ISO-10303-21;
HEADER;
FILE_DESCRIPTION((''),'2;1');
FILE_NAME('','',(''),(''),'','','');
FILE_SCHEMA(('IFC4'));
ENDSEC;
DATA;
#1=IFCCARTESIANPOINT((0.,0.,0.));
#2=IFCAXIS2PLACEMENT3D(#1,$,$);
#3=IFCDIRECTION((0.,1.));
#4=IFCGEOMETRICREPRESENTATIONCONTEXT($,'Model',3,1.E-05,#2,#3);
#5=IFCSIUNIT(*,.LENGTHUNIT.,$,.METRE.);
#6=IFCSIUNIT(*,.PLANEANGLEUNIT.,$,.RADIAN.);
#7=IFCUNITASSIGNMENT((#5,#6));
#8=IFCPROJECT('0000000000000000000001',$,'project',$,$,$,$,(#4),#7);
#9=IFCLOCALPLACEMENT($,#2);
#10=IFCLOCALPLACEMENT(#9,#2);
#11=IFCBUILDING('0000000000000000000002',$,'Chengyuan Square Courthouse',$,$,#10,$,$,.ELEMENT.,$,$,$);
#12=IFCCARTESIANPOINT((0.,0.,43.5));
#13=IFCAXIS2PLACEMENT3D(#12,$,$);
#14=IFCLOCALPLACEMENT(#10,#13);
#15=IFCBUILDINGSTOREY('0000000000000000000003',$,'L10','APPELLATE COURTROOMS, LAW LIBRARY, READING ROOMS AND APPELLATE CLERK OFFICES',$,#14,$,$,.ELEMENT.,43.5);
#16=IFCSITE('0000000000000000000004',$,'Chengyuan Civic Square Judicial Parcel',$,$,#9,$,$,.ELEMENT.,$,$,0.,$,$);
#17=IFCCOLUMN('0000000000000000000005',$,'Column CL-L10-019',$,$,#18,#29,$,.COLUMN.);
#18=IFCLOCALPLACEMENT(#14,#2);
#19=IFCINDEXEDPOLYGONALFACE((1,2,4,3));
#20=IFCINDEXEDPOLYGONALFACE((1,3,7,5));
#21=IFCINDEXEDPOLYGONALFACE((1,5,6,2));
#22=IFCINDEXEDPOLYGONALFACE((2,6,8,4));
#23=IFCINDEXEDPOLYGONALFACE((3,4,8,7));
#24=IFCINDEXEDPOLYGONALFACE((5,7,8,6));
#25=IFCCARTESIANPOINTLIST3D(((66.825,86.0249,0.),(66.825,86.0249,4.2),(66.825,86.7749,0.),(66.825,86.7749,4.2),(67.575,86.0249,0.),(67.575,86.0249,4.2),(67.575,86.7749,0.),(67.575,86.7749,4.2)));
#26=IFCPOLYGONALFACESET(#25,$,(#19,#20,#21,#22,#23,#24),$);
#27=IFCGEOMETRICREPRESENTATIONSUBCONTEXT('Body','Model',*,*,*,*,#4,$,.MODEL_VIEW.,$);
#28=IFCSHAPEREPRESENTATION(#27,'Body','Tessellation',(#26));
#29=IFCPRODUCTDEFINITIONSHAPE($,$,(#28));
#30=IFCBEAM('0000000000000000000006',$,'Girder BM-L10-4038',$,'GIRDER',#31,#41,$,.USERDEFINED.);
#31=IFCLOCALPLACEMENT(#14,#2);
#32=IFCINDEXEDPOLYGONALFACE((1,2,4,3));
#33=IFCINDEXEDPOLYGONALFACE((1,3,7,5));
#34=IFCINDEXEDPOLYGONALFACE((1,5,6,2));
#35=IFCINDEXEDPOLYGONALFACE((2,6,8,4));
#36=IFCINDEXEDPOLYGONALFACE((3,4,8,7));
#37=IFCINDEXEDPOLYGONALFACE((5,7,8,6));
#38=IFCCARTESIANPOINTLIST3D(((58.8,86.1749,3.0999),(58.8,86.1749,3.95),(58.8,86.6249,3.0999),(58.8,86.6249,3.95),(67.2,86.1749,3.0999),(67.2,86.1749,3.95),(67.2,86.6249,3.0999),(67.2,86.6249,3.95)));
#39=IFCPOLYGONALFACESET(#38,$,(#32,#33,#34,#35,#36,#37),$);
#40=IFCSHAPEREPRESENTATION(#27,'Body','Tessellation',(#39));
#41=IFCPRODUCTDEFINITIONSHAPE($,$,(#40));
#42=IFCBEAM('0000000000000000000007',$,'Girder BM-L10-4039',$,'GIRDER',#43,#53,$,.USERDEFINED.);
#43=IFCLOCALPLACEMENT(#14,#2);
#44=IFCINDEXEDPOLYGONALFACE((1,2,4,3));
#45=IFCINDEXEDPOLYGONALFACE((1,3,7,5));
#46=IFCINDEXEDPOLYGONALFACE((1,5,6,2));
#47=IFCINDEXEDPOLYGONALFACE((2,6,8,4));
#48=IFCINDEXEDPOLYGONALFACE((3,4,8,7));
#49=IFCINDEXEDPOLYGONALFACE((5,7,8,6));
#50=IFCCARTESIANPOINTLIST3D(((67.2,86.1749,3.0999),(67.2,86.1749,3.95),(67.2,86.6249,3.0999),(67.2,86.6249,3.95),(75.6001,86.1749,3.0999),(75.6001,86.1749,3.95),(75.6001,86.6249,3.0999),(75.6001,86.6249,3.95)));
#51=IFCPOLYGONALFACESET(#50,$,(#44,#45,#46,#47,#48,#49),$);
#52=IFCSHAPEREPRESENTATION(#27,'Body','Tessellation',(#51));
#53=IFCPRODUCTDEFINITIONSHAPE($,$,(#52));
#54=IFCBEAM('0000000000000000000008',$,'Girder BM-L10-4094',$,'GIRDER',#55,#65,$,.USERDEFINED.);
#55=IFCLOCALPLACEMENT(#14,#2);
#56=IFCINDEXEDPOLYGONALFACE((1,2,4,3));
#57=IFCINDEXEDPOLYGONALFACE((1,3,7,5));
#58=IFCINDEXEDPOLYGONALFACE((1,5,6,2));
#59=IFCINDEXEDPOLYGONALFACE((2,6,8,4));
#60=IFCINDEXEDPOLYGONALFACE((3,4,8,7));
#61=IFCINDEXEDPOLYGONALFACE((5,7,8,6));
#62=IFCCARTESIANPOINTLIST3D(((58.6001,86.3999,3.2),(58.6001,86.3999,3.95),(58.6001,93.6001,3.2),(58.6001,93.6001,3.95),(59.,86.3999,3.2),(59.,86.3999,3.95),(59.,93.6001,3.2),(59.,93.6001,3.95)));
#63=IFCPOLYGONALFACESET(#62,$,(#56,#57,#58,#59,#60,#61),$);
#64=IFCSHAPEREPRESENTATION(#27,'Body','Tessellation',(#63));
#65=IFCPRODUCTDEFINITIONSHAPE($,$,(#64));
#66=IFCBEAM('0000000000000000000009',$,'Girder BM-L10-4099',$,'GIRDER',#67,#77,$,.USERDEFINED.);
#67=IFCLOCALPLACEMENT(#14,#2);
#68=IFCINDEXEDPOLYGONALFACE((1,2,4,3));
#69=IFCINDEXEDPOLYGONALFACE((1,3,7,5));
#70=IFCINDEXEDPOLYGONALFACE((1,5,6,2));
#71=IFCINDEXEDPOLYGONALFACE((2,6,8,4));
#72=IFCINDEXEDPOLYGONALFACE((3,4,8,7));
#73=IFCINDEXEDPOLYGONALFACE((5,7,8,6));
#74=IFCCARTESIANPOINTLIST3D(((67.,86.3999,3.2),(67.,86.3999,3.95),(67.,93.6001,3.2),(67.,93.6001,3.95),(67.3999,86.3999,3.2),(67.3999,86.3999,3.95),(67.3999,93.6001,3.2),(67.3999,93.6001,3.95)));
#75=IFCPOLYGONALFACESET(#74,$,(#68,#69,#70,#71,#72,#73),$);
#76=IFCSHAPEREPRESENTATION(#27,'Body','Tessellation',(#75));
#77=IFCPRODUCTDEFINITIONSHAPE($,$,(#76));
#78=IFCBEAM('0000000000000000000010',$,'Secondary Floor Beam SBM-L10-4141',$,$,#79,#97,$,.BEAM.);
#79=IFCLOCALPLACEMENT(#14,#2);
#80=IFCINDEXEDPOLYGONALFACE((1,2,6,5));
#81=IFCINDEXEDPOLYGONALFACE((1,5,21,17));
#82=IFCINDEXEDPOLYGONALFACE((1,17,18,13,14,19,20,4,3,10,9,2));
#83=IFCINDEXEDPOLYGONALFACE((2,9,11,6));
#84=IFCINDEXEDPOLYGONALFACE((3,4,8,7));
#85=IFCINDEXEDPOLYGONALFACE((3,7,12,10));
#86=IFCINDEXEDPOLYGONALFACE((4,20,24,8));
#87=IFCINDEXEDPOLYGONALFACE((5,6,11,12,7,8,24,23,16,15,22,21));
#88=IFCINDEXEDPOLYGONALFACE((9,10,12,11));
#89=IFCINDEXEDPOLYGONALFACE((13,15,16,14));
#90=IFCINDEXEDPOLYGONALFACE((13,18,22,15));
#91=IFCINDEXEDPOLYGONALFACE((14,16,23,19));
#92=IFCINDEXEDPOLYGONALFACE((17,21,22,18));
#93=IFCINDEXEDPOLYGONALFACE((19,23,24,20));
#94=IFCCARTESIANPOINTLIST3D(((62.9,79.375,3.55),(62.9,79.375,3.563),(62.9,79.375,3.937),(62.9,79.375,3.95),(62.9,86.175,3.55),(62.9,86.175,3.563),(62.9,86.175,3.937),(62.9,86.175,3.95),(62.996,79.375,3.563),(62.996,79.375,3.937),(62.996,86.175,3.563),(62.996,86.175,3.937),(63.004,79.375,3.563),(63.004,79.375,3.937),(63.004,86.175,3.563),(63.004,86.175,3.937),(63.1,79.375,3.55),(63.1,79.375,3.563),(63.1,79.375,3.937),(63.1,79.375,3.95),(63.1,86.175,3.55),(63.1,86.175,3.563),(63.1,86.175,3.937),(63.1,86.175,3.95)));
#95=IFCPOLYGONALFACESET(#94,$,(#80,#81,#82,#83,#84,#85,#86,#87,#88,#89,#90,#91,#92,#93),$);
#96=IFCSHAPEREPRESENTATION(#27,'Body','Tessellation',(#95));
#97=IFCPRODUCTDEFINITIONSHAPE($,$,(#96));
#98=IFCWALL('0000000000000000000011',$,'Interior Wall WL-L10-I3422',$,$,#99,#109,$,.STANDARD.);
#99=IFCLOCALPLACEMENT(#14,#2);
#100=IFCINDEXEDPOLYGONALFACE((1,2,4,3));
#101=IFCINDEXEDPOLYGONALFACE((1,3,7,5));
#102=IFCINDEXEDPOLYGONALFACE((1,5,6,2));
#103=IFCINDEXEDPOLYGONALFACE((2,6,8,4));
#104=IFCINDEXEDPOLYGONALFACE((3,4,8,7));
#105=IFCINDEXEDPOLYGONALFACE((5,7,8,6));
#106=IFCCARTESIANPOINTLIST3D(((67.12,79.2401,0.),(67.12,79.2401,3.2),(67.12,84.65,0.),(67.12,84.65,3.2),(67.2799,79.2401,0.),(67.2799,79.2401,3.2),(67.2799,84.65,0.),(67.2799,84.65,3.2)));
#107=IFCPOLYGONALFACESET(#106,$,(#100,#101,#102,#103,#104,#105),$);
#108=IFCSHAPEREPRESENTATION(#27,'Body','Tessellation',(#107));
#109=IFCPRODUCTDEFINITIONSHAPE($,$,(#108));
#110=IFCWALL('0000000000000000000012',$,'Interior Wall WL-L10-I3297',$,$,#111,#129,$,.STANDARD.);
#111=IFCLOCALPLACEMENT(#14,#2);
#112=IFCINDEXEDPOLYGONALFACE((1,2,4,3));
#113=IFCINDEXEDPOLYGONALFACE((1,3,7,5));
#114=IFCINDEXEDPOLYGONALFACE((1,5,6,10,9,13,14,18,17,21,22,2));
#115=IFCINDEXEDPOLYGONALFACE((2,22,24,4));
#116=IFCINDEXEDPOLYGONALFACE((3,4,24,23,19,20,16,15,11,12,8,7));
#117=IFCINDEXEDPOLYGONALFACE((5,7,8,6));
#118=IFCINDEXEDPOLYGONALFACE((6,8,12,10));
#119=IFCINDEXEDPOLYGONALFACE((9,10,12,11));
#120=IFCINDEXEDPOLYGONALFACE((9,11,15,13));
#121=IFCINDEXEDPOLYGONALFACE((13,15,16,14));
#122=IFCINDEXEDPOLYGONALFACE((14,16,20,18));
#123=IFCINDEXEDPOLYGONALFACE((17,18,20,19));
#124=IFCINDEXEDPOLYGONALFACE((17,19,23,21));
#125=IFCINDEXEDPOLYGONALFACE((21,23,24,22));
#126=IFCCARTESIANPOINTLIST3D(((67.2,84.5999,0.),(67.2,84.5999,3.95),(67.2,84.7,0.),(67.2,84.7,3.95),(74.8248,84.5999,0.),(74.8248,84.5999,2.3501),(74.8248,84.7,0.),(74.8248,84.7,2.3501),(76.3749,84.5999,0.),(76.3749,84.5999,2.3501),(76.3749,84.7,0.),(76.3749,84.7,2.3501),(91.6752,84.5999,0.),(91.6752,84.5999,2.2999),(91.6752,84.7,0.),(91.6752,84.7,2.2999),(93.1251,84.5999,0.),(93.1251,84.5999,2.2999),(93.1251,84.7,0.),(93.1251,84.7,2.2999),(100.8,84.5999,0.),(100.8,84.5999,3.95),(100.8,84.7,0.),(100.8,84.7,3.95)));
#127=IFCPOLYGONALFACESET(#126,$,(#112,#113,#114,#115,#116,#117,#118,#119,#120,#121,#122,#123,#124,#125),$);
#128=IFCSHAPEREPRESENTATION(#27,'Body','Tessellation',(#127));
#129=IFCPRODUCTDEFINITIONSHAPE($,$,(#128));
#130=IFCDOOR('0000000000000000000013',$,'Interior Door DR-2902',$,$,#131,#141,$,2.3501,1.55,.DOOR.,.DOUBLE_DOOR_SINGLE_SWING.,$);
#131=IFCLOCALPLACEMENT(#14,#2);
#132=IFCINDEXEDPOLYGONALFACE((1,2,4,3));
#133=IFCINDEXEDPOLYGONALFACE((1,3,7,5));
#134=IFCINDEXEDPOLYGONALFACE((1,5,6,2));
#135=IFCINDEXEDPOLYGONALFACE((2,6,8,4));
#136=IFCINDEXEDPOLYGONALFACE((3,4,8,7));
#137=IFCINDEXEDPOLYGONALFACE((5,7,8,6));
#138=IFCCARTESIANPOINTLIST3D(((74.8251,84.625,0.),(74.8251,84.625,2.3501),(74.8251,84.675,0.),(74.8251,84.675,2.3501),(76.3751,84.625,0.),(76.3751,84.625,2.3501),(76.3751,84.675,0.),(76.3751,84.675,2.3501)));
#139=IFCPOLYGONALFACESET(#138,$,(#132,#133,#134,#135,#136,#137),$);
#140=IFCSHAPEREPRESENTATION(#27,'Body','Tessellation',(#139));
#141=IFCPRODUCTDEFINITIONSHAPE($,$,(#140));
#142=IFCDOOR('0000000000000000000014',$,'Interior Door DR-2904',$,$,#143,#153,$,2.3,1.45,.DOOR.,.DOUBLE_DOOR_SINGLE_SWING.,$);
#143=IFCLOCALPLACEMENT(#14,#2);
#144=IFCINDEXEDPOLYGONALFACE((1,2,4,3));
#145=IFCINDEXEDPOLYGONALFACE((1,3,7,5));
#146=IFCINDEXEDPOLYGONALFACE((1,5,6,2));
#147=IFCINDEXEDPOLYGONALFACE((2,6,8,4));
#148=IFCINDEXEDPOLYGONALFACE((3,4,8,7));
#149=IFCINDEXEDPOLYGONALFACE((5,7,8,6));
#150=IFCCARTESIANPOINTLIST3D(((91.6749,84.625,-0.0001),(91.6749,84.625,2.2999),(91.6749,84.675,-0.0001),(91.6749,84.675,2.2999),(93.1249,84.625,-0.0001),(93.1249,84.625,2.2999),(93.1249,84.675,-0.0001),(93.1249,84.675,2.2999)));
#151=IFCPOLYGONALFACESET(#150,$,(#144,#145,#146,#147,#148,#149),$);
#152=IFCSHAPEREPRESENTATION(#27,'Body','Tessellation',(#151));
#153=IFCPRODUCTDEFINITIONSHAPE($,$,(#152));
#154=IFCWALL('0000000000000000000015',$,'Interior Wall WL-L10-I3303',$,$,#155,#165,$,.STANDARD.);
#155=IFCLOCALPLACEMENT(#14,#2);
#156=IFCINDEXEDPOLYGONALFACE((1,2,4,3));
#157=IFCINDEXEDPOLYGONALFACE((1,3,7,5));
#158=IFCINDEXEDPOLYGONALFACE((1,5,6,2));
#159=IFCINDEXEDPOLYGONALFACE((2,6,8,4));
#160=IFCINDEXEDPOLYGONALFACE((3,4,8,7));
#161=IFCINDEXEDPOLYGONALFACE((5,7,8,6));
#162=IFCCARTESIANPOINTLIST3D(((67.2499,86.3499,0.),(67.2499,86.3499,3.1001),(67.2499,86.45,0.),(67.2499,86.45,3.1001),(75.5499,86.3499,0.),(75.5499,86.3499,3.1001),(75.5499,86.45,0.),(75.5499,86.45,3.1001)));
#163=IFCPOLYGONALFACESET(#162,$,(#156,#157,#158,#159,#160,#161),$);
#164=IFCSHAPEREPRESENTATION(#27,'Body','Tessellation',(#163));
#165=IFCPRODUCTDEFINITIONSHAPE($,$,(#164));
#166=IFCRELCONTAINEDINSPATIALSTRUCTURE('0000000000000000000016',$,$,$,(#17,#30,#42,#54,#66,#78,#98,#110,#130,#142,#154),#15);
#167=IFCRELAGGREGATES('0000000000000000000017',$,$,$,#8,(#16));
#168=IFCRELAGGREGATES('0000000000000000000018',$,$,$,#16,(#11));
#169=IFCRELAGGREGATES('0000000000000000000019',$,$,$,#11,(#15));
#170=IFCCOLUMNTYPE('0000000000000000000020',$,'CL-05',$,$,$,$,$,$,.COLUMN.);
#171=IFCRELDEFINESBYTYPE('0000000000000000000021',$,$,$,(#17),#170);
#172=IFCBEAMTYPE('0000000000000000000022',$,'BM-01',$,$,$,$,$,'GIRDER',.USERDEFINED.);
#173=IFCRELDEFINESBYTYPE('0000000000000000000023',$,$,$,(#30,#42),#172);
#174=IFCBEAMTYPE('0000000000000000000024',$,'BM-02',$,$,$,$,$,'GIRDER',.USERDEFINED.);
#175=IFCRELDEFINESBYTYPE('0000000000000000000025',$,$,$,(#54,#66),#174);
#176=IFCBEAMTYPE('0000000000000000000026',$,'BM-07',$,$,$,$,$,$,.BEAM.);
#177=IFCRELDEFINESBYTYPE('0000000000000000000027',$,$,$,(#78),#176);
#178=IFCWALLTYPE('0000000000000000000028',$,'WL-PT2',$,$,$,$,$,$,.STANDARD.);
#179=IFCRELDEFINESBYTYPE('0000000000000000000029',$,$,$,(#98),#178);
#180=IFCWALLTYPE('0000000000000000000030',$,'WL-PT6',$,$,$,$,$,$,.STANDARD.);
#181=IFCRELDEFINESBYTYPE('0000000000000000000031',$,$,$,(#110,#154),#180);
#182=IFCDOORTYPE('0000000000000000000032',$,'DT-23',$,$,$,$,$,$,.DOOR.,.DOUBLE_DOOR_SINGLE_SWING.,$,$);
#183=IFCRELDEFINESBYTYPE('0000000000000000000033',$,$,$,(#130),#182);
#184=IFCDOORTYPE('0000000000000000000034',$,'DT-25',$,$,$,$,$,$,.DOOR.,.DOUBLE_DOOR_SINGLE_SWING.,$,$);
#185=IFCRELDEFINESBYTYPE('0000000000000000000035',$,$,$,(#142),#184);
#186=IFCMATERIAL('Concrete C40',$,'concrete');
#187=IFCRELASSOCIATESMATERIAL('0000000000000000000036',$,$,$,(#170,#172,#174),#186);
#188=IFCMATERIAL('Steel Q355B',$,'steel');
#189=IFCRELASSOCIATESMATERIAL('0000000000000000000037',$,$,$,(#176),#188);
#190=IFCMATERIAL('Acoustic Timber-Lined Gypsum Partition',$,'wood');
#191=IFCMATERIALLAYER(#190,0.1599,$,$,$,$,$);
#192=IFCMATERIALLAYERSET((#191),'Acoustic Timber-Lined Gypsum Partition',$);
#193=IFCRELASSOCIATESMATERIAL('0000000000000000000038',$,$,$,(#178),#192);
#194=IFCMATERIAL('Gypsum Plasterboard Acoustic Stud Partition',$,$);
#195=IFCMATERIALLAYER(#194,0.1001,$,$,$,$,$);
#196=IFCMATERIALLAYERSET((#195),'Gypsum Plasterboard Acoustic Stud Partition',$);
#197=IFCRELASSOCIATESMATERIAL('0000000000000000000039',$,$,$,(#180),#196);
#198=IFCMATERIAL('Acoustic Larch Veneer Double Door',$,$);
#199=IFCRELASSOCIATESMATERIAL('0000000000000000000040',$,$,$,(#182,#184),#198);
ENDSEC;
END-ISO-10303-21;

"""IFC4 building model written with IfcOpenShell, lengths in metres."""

from ifc_helpers import new_model, si_unit, direction, frame, frame_2d, origin, origin_2d, place, context, subcontext, project, spatial, rectangle, i_section, extrude, material, layer, layer_set, material_profile, profile_set, type_object, element, fill, save


model = new_model("IFC4")

# Units and contexts
model_context = context("Model", 3, precision=1e-05, world=origin(), true_north=direction((0.0, 1.0)))
body_context = subcontext(model_context, "Body", "Model", "MODEL_VIEW")
ifc_project = project(units=[si_unit("LENGTHUNIT", "METRE"), si_unit("PLANEANGLEUNIT", "RADIAN")], contexts=[model_context])

# Site, building, storey
site_placement = place(None, origin())
site = spatial("IfcSite", under=ifc_project, at=site_placement, Name="Chengyuan Civic Square Judicial Parcel", CompositionType="ELEMENT", RefElevation=0.0)
building_placement = place(site_placement, origin())
building = spatial("IfcBuilding", under=site, at=building_placement, Name="Chengyuan Square Courthouse", CompositionType="ELEMENT")
storey_placement = place(building_placement, frame((0.0, 0.0, 43.5)))
storey = spatial("IfcBuildingStorey", under=building, at=storey_placement, Name="L10", Description="APPELLATE COURTROOMS, LAW LIBRARY, READING ROOMS AND APPELLATE CLERK OFFICES", CompositionType="ELEMENT", Elevation=43.5)

# Column
ifc_material_1 = material(Name="Concrete C40", Category="concrete")
ifc_material_profile_1 = material_profile(ifc_material_1, rectangle(XDim=0.75, YDim=0.75, at=origin_2d()), Name="RC-COL-750x750")
ifc_profile_set_1 = profile_set([ifc_material_profile_1], Name="Concrete C40")
column_type = type_object("IfcColumnType", Name="CL-05", PredefinedType="COLUMN", material=ifc_profile_set_1)
column_placement = place(storey_placement, frame((67.2, 86.3999, 0.0), z_axis=(0.0, 0.0, 1.0), x_axis=(1.0, 0.0, 0.0)))
element("IfcColumn", 1, at=column_placement, inside=storey, type_object=column_type, Name="Column CL-L10-019", PredefinedType="COLUMN", context=body_context, shape_type="SweptSolid", body=[
    extrude(rectangle(XDim=0.75, YDim=0.75, at=origin_2d()), origin(), (0.0, 0.0, 1.0), 4.2),
])

# Beams
ifc_material_profile_2 = material_profile(ifc_material_1, rectangle(XDim=0.45, YDim=0.8501, at=origin_2d()), Name="RC-BM-450x850")
ifc_profile_set_2 = profile_set([ifc_material_profile_2], Name="Concrete C40")
beam_type_1 = type_object("IfcBeamType", Name="BM-01", ElementType="GIRDER", PredefinedType="USERDEFINED", material=ifc_profile_set_2)
beam_1_placement = place(storey_placement, frame((58.8, 86.3999, 3.5249), z_axis=(1.0, 0.0, 0.0), x_axis=(0.0, 1.0, 0.0)))
element("IfcBeam", 2, at=beam_1_placement, inside=storey, type_object=beam_type_1, Name="Girder BM-L10-4038", ObjectType="GIRDER", PredefinedType="USERDEFINED", context=body_context, shape_type="SweptSolid", body=[
    extrude(rectangle(XDim=0.45, YDim=0.8501, at=origin_2d()), origin(), (0.0, 0.0, 1.0), 8.3999),
])
beam_2_placement = place(storey_placement, frame((67.2, 86.3999, 3.5249), z_axis=(1.0, 0.0, 0.0), x_axis=(0.0, 1.0, 0.0)))
element("IfcBeam", 3, at=beam_2_placement, inside=storey, type_object=beam_type_1, Name="Girder BM-L10-4039", ObjectType="GIRDER", PredefinedType="USERDEFINED", context=body_context, shape_type="SweptSolid", body=[
    extrude(rectangle(XDim=0.45, YDim=0.8501, at=origin_2d()), origin(), (0.0, 0.0, 1.0), 8.4001),
])
ifc_material_profile_3 = material_profile(ifc_material_1, rectangle(XDim=0.3999, YDim=0.75, at=origin_2d()), Name="RC-BM-400x750")
ifc_profile_set_3 = profile_set([ifc_material_profile_3], Name="Concrete C40")
beam_type_2 = type_object("IfcBeamType", Name="BM-02", ElementType="GIRDER", PredefinedType="USERDEFINED", material=ifc_profile_set_3)
for number, where, z_axis, x_axis, name in (
    (4, (58.8, 86.3999, 3.575), (0.0, 1.0, 0.0), (-1.0, 0.0, 0.0), "Girder BM-L10-4094"),
    (5, (67.2, 86.3999, 3.575), (0.0, 1.0, 0.0), (-1.0, 0.0, 0.0), "Girder BM-L10-4099"),
):
    element("IfcBeam", number, at=place(storey_placement, frame(where, z_axis=z_axis, x_axis=x_axis)), inside=storey, type_object=beam_type_2, Name=name, ObjectType="GIRDER", PredefinedType="USERDEFINED", context=body_context, shape_type="SweptSolid", body=[
        extrude(rectangle(XDim=0.3999, YDim=0.75, at=origin_2d()), origin(), (0.0, 0.0, 1.0), 7.2002),
    ])
ifc_material_2 = material(Name="Steel Q355B", Category="steel")
ifc_material_profile_4 = material_profile(ifc_material_2, i_section(OverallWidth=0.2, OverallDepth=0.3999, WebThickness=0.0081, FlangeThickness=0.0129, at=origin_2d()), Name="HN 400x200x8x13")
ifc_profile_set_4 = profile_set([ifc_material_profile_4], Name="Steel Q355B")
beam_type_3 = type_object("IfcBeamType", Name="BM-07", PredefinedType="BEAM", material=ifc_profile_set_4)
beam_3_placement = place(storey_placement, frame((63.0, 79.375, 3.75), z_axis=(0.0, 1.0, 0.0), x_axis=(-1.0, 0.0, 0.0)))
element("IfcBeam", 6, at=beam_3_placement, inside=storey, type_object=beam_type_3, Name="Secondary Floor Beam SBM-L10-4141", PredefinedType="BEAM", context=body_context, shape_type="SweptSolid", body=[
    extrude(i_section(OverallWidth=0.2, OverallDepth=0.3999, WebThickness=0.0081, FlangeThickness=0.0129, at=origin_2d()), origin(), (0.0, 0.0, 1.0), 6.8),
])

# Wall
ifc_material_3 = material(Name="Acoustic Timber-Lined Gypsum Partition", Category="wood")
ifc_layer_1 = layer(ifc_material_3, 0.1599)
ifc_layer_set_1 = layer_set([ifc_layer_1], Name="Acoustic Timber-Lined Gypsum Partition")
wall_type_1 = type_object("IfcWallType", Name="WL-PT2", PredefinedType="STANDARD", material=ifc_layer_set_1)
wall_1_placement = place(storey_placement, frame((67.2, 79.24, 0.0), z_axis=(0.0, 0.0, 1.0), x_axis=(0.0, 1.0, 0.0)))
element("IfcWall", 7, at=wall_1_placement, inside=storey, type_object=wall_type_1, Name="Interior Wall WL-L10-I3422", PredefinedType="STANDARD", context=body_context, shape_type="SweptSolid", body=[
    extrude(rectangle(XDim=5.4099, YDim=0.1599, at=frame_2d((2.7051, 0.0))), origin(), (0.0, 0.0, 1.0), 3.2),
])

# Wall, openings, doors
ifc_material_4 = material(Name="Gypsum Plasterboard Acoustic Stud Partition")
ifc_layer_2 = layer(ifc_material_4, 0.1001)
ifc_layer_set_2 = layer_set([ifc_layer_2], Name="Gypsum Plasterboard Acoustic Stud Partition")
wall_type_2 = type_object("IfcWallType", Name="WL-PT6", PredefinedType="STANDARD", material=ifc_layer_set_2)
wall_2_placement = place(storey_placement, frame((67.2, 84.6499, 0.0), z_axis=(0.0, 0.0, 1.0), x_axis=(1.0, 0.0, 0.0)))
wall_2 = element("IfcWall", 8, at=wall_2_placement, inside=storey, type_object=wall_type_2, Name="Interior Wall WL-L10-I3297", PredefinedType="STANDARD", context=body_context, shape_type="SweptSolid", body=[
    extrude(rectangle(XDim=33.6001, YDim=0.1001, at=frame_2d((16.8, 0.0))), origin(), (0.0, 0.0, 1.0), 3.95),
])
opening_1_placement = place(wall_2_placement, frame((7.625, 0.0, 0.0)))
opening_1 = element("IfcOpeningElement", 9, at=opening_1_placement, cuts=wall_2, PredefinedType="OPENING", context=body_context, shape_type="SweptSolid", body=[
    extrude(rectangle(XDim=1.55, YDim=2.3501, at=frame_2d((0.7749, 1.175))), frame((0.0, 0.062, 0.0), z_axis=(0.0, -1.0, 0.0), x_axis=(1.0, 0.0, 0.0)), (0.0, 0.0, 1.0), 0.124),
])
opening_2_placement = place(wall_2_placement, frame((24.4751, 0.0, 0.0)))
opening_2 = element("IfcOpeningElement", 10, at=opening_2_placement, cuts=wall_2, PredefinedType="OPENING", context=body_context, shape_type="SweptSolid", body=[
    extrude(rectangle(XDim=1.45, YDim=2.3, at=frame_2d((0.7251, 1.1499))), frame((0.0, 0.062, 0.0), z_axis=(0.0, -1.0, 0.0), x_axis=(1.0, 0.0, 0.0)), (0.0, 0.0, 1.0), 0.124),
])
ifc_material_5 = material(Name="Acoustic Larch Veneer Double Door")
door_type_1 = type_object("IfcDoorType", Name="DT-23", OperationType="DOUBLE_DOOR_SINGLE_SWING", PredefinedType="DOOR", material=ifc_material_5)
door_1_placement = place(opening_1_placement, frame((1.55, 0.0, 0.0), z_axis=(0.0, 0.0, 1.0), x_axis=(-1.0, 0.0, 0.0)))
door_1 = element("IfcDoor", 11, at=door_1_placement, inside=storey, type_object=door_type_1, Name="Interior Door DR-2902", OperationType="DOUBLE_DOOR_SINGLE_SWING", OverallHeight=2.3501, OverallWidth=1.55, PredefinedType="DOOR", context=body_context, shape_type="SweptSolid", body=[
    extrude(rectangle(XDim=1.55, YDim=2.3501, at=frame_2d((0.7749, 1.175))), frame((0.0, 0.0249, 0.0), z_axis=(0.0, -1.0, 0.0), x_axis=(1.0, 0.0, 0.0)), (0.0, 0.0, 1.0), 0.05),
])
fill(opening_1, door_1)
door_type_2 = type_object("IfcDoorType", Name="DT-25", OperationType="DOUBLE_DOOR_SINGLE_SWING", PredefinedType="DOOR", material=ifc_material_5)
door_2_placement = place(opening_2_placement, frame((1.45, 0.0, 0.0), z_axis=(0.0, 0.0, 1.0), x_axis=(-1.0, 0.0, 0.0)))
door_2 = element("IfcDoor", 12, at=door_2_placement, inside=storey, type_object=door_type_2, Name="Interior Door DR-2904", OperationType="DOUBLE_DOOR_SINGLE_SWING", OverallHeight=2.3, OverallWidth=1.45, PredefinedType="DOOR", context=body_context, shape_type="SweptSolid", body=[
    extrude(rectangle(XDim=1.45, YDim=2.3, at=frame_2d((0.7251, 1.1499))), frame((0.0, 0.0249, 0.0), z_axis=(0.0, -1.0, 0.0), x_axis=(1.0, 0.0, 0.0)), (0.0, 0.0, 1.0), 0.05),
])
fill(opening_2, door_2)

# Wall
wall_3_placement = place(storey_placement, frame((67.25, 86.3999, 0.0), z_axis=(0.0, 0.0, 1.0), x_axis=(1.0, 0.0, 0.0)))
element("IfcWall", 13, at=wall_3_placement, inside=storey, type_object=wall_type_2, Name="Interior Wall WL-L10-I3303", PredefinedType="STANDARD", context=body_context, shape_type="SweptSolid", body=[
    extrude(rectangle(XDim=8.3, YDim=0.1001, at=frame_2d((4.1499, 0.0))), origin(), (0.0, 0.0, 1.0), 3.1001),
])

save(model, "model.ifc")
